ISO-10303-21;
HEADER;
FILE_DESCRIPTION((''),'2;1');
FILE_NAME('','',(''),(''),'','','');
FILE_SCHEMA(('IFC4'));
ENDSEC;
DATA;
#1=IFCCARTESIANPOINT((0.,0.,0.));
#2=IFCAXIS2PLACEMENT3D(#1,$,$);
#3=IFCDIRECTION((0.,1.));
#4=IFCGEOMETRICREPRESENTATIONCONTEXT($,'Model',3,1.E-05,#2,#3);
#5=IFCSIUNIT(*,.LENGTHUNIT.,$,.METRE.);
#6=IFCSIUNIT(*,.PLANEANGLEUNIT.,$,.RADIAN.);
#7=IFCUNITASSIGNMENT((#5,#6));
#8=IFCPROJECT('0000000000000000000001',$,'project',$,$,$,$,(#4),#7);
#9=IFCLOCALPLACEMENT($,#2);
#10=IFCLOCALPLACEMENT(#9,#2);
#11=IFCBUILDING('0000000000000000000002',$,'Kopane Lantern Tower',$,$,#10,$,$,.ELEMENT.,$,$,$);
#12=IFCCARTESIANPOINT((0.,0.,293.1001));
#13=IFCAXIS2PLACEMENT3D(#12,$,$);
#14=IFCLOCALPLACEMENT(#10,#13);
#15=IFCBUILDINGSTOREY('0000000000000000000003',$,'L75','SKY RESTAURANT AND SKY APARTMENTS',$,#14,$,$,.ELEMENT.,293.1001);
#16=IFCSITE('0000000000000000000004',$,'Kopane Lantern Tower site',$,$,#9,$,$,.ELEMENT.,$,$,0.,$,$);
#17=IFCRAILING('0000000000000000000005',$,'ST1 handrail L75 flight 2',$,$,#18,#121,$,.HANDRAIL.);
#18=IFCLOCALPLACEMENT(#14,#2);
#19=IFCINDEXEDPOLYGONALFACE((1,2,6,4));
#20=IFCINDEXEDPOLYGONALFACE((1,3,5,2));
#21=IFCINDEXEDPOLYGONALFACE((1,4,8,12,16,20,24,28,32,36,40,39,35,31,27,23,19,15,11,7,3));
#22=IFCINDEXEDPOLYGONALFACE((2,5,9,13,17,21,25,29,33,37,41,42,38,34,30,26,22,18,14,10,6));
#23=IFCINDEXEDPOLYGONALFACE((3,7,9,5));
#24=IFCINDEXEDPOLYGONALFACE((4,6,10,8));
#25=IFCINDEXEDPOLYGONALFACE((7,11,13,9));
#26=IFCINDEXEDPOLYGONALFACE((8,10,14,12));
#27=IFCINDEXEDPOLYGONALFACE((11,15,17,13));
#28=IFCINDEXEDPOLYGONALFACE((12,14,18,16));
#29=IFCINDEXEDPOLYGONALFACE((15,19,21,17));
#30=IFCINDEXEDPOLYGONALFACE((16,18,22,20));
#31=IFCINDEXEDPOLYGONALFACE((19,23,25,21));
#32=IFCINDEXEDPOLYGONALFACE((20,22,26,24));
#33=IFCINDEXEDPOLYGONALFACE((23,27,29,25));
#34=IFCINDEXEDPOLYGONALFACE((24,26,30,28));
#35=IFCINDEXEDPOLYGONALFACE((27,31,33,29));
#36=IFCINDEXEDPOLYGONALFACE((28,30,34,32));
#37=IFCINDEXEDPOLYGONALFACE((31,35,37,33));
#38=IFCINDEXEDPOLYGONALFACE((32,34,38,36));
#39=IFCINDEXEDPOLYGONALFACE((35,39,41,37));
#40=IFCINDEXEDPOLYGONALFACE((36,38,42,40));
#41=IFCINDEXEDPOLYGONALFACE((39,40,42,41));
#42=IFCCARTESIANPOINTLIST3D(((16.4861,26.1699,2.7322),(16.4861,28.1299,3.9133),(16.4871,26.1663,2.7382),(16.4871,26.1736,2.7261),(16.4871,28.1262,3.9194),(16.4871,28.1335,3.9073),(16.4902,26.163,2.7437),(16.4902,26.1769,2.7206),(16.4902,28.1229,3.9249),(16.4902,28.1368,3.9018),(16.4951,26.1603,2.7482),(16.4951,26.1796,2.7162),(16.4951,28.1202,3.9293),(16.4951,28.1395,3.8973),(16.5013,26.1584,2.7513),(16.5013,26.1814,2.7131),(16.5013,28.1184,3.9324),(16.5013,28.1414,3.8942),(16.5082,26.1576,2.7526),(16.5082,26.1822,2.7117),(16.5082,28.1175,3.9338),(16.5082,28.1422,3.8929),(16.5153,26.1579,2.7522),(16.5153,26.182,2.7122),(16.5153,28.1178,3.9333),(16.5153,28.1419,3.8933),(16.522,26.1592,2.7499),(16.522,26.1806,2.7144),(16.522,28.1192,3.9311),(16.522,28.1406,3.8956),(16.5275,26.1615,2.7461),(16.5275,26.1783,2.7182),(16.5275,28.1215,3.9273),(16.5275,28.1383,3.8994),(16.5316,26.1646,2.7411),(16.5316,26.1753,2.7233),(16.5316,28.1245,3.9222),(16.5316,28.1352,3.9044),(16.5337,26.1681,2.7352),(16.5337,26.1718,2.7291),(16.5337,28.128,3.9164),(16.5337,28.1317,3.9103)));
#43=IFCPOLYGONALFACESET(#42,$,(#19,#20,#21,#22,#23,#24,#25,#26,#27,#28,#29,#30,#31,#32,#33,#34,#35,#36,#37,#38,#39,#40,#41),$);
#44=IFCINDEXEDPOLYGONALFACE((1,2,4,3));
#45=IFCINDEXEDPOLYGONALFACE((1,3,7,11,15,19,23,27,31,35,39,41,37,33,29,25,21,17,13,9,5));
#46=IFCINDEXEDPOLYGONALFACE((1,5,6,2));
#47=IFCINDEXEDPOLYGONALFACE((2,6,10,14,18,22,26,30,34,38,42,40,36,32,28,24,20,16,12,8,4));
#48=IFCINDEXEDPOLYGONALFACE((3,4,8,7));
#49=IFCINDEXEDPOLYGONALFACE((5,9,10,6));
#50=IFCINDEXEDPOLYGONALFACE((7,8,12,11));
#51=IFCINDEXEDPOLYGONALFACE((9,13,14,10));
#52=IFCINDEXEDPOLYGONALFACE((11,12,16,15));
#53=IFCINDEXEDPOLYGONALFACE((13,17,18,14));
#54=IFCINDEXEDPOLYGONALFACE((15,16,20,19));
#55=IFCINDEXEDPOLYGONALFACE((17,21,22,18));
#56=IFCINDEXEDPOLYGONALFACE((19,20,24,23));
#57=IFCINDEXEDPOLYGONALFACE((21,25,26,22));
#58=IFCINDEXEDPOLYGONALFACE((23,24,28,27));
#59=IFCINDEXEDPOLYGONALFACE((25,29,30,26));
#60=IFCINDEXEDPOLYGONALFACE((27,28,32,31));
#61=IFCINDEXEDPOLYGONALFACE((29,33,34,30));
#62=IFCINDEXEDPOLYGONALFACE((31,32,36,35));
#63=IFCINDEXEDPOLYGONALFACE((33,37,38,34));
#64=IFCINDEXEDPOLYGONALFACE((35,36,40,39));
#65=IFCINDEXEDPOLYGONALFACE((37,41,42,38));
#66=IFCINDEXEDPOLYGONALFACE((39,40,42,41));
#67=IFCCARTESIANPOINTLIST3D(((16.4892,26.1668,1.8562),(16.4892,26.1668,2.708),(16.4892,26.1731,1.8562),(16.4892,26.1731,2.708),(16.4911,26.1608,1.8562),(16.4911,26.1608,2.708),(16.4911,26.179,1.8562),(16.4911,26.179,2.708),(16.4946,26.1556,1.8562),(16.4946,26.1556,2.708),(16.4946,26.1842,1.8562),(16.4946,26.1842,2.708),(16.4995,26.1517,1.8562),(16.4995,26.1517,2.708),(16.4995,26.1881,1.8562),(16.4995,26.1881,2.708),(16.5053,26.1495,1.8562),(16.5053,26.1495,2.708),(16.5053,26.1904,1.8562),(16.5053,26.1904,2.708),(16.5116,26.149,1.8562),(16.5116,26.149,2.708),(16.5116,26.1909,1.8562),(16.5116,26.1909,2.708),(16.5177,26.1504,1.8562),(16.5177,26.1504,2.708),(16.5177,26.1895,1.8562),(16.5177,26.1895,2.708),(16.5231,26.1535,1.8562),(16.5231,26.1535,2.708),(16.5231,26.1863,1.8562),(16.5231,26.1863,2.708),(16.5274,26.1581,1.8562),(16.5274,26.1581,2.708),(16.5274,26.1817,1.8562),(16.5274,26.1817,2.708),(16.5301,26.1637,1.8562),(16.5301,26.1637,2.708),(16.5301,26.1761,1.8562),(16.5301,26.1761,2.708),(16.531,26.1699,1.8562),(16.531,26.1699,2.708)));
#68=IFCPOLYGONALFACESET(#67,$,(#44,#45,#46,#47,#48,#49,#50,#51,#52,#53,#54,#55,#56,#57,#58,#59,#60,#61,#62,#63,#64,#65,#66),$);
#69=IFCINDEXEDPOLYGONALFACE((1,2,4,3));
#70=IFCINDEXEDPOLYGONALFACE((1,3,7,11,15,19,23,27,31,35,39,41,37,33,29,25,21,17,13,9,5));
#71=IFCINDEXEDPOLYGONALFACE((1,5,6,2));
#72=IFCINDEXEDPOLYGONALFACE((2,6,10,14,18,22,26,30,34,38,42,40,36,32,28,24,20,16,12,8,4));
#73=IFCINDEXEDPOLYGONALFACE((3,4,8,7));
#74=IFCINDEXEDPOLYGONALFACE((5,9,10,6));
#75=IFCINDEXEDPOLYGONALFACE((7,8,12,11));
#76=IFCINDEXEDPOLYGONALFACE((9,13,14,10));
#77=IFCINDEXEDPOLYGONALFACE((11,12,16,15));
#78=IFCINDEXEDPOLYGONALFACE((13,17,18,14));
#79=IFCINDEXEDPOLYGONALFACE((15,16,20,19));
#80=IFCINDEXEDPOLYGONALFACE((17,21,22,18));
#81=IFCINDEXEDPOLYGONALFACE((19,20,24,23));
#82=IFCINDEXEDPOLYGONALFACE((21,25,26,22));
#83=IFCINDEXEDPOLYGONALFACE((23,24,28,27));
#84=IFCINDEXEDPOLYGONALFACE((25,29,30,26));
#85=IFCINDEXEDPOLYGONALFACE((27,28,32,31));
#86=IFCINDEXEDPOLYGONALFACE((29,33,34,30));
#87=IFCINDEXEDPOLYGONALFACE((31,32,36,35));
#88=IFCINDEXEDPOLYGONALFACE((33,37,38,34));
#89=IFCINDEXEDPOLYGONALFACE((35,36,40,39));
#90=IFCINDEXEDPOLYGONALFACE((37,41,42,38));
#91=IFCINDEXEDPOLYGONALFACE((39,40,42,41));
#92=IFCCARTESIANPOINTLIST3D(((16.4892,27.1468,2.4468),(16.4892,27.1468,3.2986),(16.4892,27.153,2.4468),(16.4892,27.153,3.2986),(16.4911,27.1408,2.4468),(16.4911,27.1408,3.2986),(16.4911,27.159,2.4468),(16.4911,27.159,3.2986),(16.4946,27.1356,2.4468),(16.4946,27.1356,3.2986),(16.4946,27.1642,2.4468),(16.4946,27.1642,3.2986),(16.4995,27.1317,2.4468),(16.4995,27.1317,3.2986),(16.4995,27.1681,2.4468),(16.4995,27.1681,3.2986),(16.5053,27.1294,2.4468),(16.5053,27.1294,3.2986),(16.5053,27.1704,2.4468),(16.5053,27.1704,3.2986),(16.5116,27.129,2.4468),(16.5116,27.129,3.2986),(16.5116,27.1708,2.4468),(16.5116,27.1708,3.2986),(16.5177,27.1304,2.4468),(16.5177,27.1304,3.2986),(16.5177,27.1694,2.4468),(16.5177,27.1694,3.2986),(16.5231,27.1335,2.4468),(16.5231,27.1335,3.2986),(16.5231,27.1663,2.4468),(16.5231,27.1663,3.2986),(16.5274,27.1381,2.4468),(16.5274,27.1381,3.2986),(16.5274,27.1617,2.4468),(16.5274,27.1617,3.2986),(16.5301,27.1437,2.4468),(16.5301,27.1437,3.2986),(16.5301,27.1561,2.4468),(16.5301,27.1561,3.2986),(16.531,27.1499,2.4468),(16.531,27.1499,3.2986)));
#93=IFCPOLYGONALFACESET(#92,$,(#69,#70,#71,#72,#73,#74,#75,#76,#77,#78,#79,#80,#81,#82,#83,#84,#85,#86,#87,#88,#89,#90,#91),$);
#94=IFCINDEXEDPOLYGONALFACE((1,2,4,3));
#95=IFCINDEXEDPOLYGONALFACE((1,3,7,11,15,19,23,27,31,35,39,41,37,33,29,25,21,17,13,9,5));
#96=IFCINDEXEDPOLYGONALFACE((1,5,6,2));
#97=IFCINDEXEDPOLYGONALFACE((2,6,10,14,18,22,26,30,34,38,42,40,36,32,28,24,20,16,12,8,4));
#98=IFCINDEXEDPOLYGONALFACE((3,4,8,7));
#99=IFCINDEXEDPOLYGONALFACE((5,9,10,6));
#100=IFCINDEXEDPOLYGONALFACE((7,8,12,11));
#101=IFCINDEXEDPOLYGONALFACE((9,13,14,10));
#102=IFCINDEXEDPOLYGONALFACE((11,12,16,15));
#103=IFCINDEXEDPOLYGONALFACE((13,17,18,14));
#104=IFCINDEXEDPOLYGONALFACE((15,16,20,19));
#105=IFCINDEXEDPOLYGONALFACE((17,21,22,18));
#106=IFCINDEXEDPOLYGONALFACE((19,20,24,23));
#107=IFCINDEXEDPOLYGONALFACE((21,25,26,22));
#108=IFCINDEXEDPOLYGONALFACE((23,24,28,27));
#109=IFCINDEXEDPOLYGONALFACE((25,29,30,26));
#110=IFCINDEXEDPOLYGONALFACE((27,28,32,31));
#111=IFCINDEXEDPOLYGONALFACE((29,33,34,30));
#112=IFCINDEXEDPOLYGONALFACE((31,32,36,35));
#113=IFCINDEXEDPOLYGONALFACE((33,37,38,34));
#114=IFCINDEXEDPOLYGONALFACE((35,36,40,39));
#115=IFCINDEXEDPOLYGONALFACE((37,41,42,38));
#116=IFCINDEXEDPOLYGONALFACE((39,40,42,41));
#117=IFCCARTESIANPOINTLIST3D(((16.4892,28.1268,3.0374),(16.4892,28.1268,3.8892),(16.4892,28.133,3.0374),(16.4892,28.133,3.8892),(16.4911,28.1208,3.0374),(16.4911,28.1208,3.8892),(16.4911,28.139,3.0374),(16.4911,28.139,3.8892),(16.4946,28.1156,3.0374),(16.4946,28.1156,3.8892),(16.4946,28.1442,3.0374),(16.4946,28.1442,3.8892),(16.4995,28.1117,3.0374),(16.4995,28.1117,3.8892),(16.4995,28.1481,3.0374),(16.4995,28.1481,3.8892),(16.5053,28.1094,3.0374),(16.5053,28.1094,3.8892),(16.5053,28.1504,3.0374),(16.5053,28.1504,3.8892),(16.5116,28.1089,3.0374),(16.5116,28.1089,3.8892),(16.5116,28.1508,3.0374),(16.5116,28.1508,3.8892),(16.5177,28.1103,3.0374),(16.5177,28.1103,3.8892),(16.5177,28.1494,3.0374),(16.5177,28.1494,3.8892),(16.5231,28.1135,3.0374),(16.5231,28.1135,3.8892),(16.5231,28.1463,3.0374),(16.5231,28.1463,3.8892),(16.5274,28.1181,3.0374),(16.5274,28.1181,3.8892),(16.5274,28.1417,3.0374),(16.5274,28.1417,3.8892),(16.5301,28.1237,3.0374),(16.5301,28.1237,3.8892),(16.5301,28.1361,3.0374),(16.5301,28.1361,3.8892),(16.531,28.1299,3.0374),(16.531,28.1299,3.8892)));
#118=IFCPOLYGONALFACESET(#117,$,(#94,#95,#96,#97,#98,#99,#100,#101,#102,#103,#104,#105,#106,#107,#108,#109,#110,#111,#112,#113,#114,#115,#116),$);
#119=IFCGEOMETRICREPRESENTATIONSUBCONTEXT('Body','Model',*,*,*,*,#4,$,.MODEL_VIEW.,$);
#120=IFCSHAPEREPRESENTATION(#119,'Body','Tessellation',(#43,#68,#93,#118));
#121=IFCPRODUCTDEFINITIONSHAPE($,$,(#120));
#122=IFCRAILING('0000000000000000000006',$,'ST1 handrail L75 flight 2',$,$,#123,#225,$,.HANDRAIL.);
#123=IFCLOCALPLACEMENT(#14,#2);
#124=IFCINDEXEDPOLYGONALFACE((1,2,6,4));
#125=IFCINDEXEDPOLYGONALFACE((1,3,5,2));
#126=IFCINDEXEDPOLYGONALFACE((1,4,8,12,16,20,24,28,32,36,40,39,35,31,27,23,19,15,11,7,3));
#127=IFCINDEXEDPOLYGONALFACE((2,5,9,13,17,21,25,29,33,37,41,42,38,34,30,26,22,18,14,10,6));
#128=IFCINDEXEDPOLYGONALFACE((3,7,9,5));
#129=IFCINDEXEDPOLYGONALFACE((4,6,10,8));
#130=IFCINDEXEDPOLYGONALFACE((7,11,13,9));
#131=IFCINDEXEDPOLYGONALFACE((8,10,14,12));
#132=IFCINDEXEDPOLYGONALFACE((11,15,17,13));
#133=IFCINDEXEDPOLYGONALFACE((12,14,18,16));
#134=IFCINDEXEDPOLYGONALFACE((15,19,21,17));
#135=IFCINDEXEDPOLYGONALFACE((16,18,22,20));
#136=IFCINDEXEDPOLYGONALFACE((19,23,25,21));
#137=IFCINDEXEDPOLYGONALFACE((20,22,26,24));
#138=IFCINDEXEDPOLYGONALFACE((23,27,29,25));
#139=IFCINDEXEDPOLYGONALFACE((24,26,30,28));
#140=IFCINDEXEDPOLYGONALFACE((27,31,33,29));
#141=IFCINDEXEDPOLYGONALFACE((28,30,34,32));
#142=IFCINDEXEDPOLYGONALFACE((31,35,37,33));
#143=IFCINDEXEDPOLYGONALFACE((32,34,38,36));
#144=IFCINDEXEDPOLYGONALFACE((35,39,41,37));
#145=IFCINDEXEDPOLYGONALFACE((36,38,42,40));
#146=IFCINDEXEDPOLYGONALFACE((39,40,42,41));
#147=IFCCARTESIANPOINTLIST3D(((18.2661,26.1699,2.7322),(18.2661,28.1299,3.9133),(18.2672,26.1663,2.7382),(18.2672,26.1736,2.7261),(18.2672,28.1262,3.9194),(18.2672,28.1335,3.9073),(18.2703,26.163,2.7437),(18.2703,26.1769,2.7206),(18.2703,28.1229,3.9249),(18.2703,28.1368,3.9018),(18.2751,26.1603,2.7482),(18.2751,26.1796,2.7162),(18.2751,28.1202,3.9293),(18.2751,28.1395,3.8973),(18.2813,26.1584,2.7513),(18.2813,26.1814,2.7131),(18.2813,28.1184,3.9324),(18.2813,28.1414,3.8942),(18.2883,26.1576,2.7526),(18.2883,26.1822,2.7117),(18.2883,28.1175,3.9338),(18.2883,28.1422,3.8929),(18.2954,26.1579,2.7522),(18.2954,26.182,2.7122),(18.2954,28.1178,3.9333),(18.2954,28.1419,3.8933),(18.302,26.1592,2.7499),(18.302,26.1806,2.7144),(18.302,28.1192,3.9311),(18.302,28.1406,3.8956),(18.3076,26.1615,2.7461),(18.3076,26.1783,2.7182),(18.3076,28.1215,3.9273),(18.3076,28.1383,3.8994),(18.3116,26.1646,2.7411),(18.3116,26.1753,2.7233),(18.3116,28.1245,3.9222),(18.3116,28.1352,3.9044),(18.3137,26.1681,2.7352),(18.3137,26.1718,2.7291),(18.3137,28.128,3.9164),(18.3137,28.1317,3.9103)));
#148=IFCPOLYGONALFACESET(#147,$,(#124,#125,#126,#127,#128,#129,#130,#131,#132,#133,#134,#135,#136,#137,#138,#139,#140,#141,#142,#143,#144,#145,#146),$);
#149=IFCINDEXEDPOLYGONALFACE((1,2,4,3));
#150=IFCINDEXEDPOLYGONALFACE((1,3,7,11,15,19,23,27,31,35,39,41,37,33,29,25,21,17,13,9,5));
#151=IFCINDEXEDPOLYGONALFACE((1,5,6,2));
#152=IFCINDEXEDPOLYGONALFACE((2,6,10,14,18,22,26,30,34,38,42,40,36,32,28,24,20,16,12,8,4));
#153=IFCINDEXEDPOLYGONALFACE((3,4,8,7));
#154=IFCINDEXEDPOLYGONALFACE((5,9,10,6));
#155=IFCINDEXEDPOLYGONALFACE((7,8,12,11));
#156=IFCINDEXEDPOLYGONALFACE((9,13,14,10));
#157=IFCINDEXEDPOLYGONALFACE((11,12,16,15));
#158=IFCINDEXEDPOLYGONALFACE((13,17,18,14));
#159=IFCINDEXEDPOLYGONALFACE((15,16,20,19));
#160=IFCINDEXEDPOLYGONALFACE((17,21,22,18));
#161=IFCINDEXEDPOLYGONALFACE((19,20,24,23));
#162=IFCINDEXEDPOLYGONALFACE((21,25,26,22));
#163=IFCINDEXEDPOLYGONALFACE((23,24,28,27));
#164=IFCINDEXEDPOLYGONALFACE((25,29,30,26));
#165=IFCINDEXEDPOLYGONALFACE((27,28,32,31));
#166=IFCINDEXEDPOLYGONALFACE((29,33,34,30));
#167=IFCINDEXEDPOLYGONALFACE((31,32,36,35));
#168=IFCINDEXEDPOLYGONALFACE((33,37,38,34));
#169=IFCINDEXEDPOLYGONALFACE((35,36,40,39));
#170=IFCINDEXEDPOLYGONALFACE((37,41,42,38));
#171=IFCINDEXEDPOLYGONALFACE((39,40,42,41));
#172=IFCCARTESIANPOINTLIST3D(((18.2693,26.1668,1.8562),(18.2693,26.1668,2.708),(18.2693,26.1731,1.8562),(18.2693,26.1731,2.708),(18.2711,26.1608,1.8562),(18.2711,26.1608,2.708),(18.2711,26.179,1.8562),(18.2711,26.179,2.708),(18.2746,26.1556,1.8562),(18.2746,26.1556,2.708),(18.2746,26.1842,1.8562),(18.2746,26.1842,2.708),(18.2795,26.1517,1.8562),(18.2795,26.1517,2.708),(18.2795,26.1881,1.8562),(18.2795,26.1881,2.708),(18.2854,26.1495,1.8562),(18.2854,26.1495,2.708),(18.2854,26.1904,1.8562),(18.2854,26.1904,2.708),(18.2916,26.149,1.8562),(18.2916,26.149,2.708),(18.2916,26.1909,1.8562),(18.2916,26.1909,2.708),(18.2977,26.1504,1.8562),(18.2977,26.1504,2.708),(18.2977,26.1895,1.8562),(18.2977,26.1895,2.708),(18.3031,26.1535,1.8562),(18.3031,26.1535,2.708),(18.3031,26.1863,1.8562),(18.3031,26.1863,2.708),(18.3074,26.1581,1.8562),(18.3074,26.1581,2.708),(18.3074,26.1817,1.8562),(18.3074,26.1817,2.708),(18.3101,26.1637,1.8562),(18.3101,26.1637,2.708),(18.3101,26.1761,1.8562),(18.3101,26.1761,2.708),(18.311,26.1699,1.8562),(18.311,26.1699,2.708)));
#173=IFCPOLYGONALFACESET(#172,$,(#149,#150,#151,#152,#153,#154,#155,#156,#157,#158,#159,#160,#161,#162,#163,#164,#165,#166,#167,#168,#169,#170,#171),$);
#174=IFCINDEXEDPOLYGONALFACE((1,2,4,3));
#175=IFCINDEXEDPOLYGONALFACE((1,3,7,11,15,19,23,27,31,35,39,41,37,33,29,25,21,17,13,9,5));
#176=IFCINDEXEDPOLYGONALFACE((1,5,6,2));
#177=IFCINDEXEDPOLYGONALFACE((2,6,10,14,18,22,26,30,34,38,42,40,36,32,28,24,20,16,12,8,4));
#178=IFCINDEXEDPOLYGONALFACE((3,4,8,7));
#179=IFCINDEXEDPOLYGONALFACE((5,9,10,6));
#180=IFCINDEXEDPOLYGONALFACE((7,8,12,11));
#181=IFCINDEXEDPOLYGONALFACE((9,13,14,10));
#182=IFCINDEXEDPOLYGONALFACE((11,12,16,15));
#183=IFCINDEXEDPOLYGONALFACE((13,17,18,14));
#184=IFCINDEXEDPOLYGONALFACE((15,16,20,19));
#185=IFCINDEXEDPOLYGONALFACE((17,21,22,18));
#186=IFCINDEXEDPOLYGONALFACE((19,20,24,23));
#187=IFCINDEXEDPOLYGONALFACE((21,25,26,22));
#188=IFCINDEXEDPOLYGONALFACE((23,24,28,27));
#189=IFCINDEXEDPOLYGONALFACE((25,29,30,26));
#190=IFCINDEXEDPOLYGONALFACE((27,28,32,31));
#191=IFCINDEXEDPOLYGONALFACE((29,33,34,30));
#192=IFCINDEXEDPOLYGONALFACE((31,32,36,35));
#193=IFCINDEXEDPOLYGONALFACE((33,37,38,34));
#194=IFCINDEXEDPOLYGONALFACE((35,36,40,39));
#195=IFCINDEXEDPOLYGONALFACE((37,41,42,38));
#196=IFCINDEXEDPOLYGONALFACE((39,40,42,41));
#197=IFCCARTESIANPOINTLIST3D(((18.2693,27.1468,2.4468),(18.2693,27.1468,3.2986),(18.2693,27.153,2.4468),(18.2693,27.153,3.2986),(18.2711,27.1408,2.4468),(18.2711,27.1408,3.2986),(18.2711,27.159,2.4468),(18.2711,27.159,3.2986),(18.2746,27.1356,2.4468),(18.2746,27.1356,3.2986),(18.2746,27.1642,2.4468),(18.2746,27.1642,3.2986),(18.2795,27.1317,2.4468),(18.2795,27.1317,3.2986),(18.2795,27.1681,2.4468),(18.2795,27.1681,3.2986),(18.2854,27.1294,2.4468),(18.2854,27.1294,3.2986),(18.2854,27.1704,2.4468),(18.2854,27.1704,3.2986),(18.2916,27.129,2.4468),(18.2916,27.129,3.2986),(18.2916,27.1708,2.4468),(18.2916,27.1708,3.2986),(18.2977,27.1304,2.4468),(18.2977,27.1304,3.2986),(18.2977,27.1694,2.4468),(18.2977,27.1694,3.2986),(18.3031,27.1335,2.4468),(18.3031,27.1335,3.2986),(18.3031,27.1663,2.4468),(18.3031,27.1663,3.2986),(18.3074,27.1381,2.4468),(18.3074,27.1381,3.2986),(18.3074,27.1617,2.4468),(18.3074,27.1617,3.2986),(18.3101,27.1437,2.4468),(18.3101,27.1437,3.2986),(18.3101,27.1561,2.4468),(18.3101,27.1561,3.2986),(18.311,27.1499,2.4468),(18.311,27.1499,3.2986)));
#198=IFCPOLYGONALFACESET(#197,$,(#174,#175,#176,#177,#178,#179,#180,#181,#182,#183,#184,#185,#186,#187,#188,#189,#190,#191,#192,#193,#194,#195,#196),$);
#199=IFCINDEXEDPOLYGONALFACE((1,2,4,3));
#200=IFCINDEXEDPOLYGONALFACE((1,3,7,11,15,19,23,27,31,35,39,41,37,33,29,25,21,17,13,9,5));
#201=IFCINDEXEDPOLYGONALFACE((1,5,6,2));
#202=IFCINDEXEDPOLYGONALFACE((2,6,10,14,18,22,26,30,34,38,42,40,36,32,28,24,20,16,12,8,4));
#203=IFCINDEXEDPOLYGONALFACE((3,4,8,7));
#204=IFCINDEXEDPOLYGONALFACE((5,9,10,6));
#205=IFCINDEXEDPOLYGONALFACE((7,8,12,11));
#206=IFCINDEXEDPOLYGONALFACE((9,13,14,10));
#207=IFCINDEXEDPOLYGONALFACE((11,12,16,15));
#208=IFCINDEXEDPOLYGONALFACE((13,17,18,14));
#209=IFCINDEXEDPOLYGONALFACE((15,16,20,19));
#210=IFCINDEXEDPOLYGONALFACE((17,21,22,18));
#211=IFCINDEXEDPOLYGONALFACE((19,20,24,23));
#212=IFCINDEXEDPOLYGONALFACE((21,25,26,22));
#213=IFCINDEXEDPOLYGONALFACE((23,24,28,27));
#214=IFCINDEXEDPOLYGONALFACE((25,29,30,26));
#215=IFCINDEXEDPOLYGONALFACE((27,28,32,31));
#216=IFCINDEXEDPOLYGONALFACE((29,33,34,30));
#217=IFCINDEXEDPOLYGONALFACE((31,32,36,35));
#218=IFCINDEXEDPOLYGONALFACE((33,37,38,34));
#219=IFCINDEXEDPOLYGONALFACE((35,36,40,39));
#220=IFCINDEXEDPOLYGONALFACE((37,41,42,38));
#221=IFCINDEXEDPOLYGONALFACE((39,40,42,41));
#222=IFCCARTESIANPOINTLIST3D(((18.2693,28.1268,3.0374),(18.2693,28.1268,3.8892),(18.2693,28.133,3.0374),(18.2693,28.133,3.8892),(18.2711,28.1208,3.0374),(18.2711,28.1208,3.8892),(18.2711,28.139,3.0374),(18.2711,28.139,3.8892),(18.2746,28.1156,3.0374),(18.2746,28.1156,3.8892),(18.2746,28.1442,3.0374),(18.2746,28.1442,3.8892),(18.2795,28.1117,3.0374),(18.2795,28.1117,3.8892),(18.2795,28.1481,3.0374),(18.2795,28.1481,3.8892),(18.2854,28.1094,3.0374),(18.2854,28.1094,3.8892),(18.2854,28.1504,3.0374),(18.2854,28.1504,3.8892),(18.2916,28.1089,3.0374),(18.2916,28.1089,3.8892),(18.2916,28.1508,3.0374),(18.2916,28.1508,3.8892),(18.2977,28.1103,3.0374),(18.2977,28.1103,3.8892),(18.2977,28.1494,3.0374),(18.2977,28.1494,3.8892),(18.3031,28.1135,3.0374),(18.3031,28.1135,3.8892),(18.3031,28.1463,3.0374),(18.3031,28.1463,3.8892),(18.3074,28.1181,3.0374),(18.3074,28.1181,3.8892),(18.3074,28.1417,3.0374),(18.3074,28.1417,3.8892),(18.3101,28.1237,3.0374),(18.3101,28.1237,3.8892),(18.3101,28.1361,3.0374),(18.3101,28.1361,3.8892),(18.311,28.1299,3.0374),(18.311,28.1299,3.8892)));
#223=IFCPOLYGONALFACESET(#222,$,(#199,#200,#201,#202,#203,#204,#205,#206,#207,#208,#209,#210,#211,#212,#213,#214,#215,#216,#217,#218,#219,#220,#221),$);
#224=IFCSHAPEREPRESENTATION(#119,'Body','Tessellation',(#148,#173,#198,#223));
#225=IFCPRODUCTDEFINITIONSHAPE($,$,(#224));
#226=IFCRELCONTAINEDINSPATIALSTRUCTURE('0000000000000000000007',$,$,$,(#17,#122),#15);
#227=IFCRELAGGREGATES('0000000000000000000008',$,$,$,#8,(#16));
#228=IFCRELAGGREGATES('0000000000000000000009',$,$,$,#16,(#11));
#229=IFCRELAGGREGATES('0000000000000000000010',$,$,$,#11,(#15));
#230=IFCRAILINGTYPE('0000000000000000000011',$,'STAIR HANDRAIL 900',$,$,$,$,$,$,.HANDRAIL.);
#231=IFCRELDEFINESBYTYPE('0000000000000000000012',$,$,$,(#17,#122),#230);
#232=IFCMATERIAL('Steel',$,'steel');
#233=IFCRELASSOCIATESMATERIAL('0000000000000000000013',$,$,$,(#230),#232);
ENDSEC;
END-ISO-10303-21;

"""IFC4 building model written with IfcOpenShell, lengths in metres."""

from ifc_helpers import new_model, si_unit, direction, frame, origin, origin_2d, place, context, subcontext, project, spatial, circle, extrude, material, type_object, element, save


model = new_model("IFC4")

# Units and contexts
model_context = context("Model", 3, precision=1e-05, world=origin(), true_north=direction((0.0, 1.0)))
body_context = subcontext(model_context, "Body", "Model", "MODEL_VIEW")
ifc_project = project(units=[si_unit("LENGTHUNIT", "METRE"), si_unit("PLANEANGLEUNIT", "RADIAN")], contexts=[model_context])

# Site, building, storey
site_placement = place(None, origin())
site = spatial("IfcSite", under=ifc_project, at=site_placement, Name="Kopane Lantern Tower site", CompositionType="ELEMENT", RefElevation=0.0)
building_placement = place(site_placement, origin())
building = spatial("IfcBuilding", under=site, at=building_placement, Name="Kopane Lantern Tower", CompositionType="ELEMENT")
storey_placement = place(building_placement, frame((0.0, 0.0, 293.1001)))
storey = spatial("IfcBuildingStorey", under=building, at=storey_placement, Name="L75", Description="SKY RESTAURANT AND SKY APARTMENTS", CompositionType="ELEMENT", Elevation=293.1001)

# Railings
ifc_material_1 = material(Name="Steel", Category="steel")
railing_type_1 = type_object("IfcRailingType", Name="STAIR HANDRAIL 900", PredefinedType="HANDRAIL", material=ifc_material_1)
for number, where, name in (
    (1, (16.51, 26.1699, 1.8562), "ST1 handrail L75 flight 2"),
    (2, (18.29, 26.1699, 1.8562), "ST1 handrail L75 flight 2"),
):
    element("IfcRailing", number, at=place(storey_placement, frame(where)), inside=storey, type_object=railing_type_1, Name=name, PredefinedType="HANDRAIL", context=body_context, shape_type="SweptSolid", body=[
        extrude(circle(Radius=0.0239, at=origin_2d()), frame((0.0, 0.0, 0.876), z_axis=(0.0, 0.856493, 0.516158), x_axis=(-1.0, 0.0, 0.0)), (0.0, 0.0, 1.0), 2.2883),
        extrude(circle(Radius=0.021, at=origin_2d()), origin(), (0.0, 0.0, 1.0), 0.8518),
        extrude(circle(Radius=0.021, at=origin_2d()), frame((0.0, 0.98, 0.5906)), (0.0, 0.0, 1.0), 0.8518),
        extrude(circle(Radius=0.021, at=origin_2d()), frame((0.0, 1.96, 1.1812)), (0.0, 0.0, 1.0), 0.8518),
    ])

save(model, "model.ifc")
